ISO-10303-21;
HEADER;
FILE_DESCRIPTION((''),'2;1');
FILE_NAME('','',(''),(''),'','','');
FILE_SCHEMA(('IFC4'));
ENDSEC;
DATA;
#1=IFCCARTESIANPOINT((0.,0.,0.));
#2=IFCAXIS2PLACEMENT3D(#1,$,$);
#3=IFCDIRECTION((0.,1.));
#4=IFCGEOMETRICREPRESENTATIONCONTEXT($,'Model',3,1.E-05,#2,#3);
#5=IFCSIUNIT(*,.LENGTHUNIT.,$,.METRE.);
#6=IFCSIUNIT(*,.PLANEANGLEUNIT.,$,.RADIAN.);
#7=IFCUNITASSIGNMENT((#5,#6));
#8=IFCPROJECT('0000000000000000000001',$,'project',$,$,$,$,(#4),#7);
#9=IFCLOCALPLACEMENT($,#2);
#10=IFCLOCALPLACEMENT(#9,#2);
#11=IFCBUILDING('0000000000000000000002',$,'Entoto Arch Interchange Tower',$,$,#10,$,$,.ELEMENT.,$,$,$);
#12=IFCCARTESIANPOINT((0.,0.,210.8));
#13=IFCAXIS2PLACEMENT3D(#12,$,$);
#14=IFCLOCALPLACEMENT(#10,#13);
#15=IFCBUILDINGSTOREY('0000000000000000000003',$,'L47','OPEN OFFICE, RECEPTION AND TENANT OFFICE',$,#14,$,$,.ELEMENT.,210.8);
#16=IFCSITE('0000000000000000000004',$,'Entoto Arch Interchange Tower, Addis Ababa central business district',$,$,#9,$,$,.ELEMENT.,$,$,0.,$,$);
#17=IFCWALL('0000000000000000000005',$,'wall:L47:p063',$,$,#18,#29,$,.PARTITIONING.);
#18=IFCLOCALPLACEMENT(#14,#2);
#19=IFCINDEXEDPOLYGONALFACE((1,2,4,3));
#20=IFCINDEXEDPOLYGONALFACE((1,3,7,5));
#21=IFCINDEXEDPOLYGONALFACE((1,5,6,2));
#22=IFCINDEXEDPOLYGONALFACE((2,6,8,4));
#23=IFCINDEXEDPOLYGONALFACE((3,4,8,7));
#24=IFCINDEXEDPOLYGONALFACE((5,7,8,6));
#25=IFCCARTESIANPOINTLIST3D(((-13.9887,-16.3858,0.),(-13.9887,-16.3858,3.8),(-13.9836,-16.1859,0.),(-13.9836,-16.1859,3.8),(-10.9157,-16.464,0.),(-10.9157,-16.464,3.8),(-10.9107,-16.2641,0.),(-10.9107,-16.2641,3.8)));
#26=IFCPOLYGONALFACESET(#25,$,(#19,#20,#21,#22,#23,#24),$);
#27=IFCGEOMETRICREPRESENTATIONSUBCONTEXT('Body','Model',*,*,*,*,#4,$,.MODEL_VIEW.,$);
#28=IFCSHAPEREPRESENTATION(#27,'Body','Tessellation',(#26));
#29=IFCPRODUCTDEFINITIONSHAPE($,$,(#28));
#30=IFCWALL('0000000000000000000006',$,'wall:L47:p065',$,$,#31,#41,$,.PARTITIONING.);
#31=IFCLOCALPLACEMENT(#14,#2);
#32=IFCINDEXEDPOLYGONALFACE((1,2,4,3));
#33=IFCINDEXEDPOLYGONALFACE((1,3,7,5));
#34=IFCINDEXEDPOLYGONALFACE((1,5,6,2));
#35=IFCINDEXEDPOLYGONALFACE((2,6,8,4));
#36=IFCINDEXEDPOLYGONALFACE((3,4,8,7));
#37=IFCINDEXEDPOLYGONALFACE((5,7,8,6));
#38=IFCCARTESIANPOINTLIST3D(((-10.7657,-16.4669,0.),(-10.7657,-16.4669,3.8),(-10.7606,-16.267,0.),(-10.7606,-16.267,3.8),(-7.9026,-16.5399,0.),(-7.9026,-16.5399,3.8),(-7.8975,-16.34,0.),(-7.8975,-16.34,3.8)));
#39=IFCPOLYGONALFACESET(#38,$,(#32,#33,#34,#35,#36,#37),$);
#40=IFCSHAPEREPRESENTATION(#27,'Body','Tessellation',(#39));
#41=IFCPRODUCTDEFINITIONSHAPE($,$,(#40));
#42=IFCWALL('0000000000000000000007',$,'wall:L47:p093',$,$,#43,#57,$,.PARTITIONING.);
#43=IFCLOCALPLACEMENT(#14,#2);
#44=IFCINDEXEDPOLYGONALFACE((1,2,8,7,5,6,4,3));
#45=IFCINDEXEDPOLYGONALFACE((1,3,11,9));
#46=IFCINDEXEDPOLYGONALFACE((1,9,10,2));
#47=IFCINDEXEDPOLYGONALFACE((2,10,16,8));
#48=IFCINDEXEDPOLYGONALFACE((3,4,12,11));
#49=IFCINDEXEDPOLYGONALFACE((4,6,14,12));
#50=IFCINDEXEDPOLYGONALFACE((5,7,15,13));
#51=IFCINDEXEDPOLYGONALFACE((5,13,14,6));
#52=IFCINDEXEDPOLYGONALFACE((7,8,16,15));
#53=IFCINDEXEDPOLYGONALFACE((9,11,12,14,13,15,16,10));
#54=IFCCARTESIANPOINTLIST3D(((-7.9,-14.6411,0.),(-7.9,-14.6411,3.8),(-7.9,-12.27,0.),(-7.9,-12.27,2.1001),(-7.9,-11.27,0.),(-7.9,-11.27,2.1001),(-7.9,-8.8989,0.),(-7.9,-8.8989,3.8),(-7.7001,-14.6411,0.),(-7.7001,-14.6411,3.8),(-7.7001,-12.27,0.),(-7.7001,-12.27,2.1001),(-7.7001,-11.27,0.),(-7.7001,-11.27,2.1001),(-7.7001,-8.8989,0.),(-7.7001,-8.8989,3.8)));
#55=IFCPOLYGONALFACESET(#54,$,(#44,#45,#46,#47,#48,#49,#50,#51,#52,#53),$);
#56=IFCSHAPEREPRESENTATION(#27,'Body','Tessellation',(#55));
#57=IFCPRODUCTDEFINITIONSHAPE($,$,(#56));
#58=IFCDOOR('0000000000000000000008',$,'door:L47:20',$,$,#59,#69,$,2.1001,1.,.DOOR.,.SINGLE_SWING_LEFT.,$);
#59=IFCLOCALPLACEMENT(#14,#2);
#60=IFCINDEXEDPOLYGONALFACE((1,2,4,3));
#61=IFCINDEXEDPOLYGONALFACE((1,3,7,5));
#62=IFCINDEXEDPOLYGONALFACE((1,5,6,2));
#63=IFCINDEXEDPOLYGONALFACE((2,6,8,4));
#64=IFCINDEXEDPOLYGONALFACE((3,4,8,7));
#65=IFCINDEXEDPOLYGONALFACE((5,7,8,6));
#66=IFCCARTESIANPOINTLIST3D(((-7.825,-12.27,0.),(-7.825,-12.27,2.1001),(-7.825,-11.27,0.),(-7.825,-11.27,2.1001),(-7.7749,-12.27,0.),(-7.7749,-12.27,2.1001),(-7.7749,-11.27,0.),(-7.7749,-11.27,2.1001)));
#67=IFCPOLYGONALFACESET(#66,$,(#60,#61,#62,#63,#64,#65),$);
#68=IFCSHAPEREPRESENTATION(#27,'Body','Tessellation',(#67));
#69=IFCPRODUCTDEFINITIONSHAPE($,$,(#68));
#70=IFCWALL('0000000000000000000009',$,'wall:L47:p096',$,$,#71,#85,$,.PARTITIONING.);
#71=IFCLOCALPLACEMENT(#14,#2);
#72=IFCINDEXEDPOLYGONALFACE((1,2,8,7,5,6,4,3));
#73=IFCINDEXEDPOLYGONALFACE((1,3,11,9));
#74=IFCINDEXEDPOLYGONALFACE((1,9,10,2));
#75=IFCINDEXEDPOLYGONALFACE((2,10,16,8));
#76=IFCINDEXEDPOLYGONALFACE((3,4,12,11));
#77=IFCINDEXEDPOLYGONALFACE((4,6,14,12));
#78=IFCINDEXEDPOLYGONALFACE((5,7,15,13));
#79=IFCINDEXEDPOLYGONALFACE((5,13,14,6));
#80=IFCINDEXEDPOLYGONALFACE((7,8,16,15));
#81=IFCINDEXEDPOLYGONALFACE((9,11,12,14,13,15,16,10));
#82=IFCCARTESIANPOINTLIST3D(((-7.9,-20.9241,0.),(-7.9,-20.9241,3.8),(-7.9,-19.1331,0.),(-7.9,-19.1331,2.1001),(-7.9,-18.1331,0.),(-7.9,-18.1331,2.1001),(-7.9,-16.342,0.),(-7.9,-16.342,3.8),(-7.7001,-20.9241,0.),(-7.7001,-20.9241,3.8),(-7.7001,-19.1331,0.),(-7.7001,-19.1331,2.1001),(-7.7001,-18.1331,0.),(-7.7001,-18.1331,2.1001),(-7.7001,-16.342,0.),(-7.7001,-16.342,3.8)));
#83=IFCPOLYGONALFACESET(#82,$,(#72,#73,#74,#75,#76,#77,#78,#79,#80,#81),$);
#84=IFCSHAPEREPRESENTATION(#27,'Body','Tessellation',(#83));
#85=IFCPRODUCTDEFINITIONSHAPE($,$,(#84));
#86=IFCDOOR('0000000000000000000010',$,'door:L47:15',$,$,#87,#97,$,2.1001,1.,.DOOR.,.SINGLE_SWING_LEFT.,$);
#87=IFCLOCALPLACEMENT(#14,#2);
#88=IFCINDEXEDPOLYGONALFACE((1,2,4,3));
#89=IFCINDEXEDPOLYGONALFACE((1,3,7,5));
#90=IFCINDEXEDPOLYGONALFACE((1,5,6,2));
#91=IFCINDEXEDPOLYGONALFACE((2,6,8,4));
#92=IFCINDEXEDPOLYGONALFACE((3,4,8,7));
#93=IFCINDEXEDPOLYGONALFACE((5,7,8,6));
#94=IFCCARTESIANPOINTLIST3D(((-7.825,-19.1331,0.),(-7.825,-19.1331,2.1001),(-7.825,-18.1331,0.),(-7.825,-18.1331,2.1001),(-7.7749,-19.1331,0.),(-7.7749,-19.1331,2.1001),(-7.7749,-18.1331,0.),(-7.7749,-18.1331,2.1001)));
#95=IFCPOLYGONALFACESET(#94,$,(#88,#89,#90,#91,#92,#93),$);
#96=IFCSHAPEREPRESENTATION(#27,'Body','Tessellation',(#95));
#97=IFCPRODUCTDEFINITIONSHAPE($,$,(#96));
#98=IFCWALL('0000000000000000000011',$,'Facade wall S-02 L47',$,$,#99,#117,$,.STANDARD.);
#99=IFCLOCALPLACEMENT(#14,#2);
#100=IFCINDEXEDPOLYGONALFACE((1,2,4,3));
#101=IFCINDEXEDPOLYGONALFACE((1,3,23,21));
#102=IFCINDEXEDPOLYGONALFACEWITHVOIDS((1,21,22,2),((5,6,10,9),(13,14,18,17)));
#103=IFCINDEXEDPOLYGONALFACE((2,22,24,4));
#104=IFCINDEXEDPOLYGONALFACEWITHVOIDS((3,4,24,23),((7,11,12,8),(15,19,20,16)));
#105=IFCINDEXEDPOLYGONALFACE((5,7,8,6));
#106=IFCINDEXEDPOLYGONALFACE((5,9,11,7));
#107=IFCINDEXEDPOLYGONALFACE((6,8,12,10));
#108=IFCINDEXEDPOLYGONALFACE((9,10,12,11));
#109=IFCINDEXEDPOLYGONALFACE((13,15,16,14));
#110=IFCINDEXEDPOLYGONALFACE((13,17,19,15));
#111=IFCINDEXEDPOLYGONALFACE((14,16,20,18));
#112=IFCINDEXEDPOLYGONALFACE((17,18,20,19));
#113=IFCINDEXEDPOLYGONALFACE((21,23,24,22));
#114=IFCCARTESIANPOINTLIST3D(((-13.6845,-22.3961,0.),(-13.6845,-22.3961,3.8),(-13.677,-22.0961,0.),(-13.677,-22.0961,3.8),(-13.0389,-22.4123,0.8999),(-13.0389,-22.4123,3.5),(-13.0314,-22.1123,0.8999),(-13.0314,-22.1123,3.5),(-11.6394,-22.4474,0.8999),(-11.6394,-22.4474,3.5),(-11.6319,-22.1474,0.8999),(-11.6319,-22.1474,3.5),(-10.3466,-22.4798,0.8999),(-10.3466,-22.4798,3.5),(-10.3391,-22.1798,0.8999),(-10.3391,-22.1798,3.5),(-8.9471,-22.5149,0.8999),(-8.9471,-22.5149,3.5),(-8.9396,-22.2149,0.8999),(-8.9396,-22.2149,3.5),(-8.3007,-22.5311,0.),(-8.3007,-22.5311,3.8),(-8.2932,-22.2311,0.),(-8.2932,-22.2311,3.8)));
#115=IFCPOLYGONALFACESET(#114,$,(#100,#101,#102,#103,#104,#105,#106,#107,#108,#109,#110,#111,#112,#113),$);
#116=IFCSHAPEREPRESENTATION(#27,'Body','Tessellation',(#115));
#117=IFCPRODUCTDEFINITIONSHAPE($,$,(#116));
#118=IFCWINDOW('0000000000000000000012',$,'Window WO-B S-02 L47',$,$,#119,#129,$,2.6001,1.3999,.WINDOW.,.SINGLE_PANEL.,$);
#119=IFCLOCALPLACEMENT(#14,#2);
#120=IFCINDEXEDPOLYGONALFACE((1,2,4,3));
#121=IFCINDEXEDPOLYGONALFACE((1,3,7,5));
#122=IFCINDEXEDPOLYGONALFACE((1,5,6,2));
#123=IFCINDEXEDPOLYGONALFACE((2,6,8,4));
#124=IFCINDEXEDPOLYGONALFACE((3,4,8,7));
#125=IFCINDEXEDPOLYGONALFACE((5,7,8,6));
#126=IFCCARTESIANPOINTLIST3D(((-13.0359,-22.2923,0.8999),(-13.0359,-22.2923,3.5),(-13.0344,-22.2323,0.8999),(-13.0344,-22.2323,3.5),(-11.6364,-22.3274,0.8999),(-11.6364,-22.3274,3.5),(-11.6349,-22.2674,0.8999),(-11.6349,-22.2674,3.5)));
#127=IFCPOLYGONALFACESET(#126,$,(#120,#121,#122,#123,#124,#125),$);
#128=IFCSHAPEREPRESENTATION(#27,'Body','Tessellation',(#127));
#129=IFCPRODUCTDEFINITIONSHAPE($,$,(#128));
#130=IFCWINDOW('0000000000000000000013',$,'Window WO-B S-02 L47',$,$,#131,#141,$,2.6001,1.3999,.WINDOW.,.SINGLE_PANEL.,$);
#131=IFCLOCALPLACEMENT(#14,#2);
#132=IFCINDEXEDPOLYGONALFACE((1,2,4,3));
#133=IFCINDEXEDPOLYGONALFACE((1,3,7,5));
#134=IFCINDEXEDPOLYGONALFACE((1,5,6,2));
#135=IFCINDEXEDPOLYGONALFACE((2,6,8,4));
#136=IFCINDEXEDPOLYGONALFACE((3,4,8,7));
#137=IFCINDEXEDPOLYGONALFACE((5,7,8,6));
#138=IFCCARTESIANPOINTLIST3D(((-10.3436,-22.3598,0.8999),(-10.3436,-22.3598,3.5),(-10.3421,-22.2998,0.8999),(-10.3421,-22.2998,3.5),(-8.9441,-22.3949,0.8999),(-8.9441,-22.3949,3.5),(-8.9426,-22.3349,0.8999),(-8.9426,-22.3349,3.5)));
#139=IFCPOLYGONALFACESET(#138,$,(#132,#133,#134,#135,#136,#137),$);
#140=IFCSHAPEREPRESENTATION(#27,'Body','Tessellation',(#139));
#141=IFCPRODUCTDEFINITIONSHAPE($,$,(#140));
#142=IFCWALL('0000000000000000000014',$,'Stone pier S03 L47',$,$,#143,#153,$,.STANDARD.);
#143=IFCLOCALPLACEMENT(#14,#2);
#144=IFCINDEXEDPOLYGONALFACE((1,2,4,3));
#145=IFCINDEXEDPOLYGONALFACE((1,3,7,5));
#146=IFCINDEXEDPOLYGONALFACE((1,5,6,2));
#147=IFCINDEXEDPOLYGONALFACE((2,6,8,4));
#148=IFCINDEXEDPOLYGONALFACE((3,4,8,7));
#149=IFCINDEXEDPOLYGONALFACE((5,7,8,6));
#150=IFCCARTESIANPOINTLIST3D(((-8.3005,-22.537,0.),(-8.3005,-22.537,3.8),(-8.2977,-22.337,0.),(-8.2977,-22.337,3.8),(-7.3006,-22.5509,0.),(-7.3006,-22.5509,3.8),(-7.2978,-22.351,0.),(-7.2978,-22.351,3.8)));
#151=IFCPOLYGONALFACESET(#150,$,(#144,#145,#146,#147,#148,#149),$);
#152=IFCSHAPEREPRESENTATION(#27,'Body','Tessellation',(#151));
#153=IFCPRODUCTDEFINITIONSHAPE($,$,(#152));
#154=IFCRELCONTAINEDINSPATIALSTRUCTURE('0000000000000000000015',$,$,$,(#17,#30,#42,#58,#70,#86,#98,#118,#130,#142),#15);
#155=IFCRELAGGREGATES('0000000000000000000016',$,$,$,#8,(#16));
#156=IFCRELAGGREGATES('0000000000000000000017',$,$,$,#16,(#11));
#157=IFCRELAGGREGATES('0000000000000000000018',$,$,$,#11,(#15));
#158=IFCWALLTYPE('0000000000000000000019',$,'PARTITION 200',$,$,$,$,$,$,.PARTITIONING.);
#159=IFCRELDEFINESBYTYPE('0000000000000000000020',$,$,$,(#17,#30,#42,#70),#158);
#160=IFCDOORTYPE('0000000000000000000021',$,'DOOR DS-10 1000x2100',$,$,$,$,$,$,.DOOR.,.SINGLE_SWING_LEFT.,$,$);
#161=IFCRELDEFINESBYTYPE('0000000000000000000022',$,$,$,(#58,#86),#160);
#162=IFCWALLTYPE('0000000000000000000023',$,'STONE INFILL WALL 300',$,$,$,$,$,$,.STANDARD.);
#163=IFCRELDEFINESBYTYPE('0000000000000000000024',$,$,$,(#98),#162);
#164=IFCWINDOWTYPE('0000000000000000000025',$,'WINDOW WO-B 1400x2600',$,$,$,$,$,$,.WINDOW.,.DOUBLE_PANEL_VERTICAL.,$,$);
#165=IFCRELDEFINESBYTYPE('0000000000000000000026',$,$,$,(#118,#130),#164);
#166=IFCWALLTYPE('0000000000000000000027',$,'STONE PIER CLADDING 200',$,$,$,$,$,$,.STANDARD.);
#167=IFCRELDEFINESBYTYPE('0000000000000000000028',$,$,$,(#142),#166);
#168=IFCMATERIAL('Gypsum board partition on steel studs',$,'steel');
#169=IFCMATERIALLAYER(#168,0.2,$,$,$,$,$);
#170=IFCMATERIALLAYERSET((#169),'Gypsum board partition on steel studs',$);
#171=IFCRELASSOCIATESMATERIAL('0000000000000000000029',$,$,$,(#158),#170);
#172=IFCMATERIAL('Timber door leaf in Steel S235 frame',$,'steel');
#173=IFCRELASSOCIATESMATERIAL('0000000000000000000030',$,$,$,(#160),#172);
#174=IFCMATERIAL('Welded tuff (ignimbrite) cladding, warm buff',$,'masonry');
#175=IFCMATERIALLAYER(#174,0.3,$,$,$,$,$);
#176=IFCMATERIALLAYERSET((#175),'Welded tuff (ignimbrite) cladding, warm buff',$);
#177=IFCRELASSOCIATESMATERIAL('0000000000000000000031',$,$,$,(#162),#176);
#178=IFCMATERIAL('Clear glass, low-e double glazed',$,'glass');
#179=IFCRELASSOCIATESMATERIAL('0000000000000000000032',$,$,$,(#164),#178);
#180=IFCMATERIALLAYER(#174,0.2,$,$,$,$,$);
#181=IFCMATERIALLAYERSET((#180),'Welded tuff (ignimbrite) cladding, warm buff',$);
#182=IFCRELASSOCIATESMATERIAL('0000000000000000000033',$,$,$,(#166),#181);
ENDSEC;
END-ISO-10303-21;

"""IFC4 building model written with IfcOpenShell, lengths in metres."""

from ifc_helpers import new_model, si_unit, direction, frame, frame_2d, origin, place, context, subcontext, project, spatial, rectangle, extrude, material, layer, layer_set, type_object, element, fill, save


model = new_model("IFC4")

# Units and contexts
model_context = context("Model", 3, precision=1e-05, world=origin(), true_north=direction((0.0, 1.0)))
body_context = subcontext(model_context, "Body", "Model", "MODEL_VIEW")
ifc_project = project(units=[si_unit("LENGTHUNIT", "METRE"), si_unit("PLANEANGLEUNIT", "RADIAN")], contexts=[model_context])

# Site, building, storey
site_placement = place(None, origin())
site = spatial("IfcSite", under=ifc_project, at=site_placement, Name="Entoto Arch Interchange Tower, Addis Ababa central business district", CompositionType="ELEMENT", RefElevation=0.0)
building_placement = place(site_placement, origin())
building = spatial("IfcBuilding", under=site, at=building_placement, Name="Entoto Arch Interchange Tower", CompositionType="ELEMENT")
storey_placement = place(building_placement, frame((0.0, 0.0, 210.8)))
storey = spatial("IfcBuildingStorey", under=building, at=storey_placement, Name="L47", Description="OPEN OFFICE, RECEPTION AND TENANT OFFICE", CompositionType="ELEMENT", Elevation=210.8)

# Shared definitions
ifc_material_1 = material(Name="Clear glass, low-e double glazed", Category="glass")

# Walls
ifc_material_2 = material(Name="Gypsum board partition on steel studs", Category="steel")
ifc_layer_1 = layer(ifc_material_2, 0.2)
ifc_layer_set_1 = layer_set([ifc_layer_1], Name="Gypsum board partition on steel studs")
wall_type_1 = type_object("IfcWallType", Name="PARTITION 200", PredefinedType="PARTITIONING", material=ifc_layer_set_1)
wall_1_placement = place(storey_placement, frame((-10.9131, -16.364, 0.0), z_axis=(0.0, 0.0, 1.0), x_axis=(-0.999677, 0.025415, 0.0)))
element("IfcWall", 1, at=wall_1_placement, inside=storey, type_object=wall_type_1, Name="wall:L47:p063", PredefinedType="PARTITIONING", context=body_context, shape_type="SweptSolid", body=[
    extrude(rectangle(XDim=3.074, YDim=0.2, at=frame_2d((1.5371, 0.0))), origin(), (0.0, 0.0, 1.0), 3.8),
])
wall_2_placement = place(storey_placement, frame((-7.8999, -16.4399, 0.0), z_axis=(0.0, 0.0, 1.0), x_axis=(-0.999675, 0.025488, 0.0)))
element("IfcWall", 2, at=wall_2_placement, inside=storey, type_object=wall_type_1, Name="wall:L47:p065", PredefinedType="PARTITIONING", context=body_context, shape_type="SweptSolid", body=[
    extrude(rectangle(XDim=2.864, YDim=0.2, at=frame_2d((1.4321, 0.0))), origin(), (0.0, 0.0, 1.0), 3.8),
])

# Walls, openings, doors
wall_3_placement = place(storey_placement, frame((-7.8, -14.6411, 0.0), z_axis=(0.0, 0.0, 1.0), x_axis=(0.0, 1.0, 0.0)))
wall_3 = element("IfcWall", 3, at=wall_3_placement, inside=storey, type_object=wall_type_1, Name="wall:L47:p093", PredefinedType="PARTITIONING", context=body_context, shape_type="SweptSolid", body=[
    extrude(rectangle(XDim=5.7422, YDim=0.2, at=frame_2d((2.8711, 0.0))), origin(), (0.0, 0.0, 1.0), 3.8),
])
opening_1_placement = place(wall_3_placement, frame((2.3711, 0.0, 0.0)))
opening_1 = element("IfcOpeningElement", 4, at=opening_1_placement, cuts=wall_3, PredefinedType="OPENING", context=body_context, shape_type="SweptSolid", body=[
    extrude(rectangle(XDim=1.0, YDim=2.1001, at=frame_2d((0.5, 1.05))), frame((0.0, 0.1099, 0.0), z_axis=(0.0, -1.0, 0.0), x_axis=(1.0, 0.0, 0.0)), (0.0, 0.0, 1.0), 0.22),
])
ifc_material_3 = material(Name="Timber door leaf in Steel S235 frame", Category="steel")
door_type = type_object("IfcDoorType", Name="DOOR DS-10 1000x2100", OperationType="SINGLE_SWING_LEFT", PredefinedType="DOOR", material=ifc_material_3)
door_1_placement = place(opening_1_placement, origin())
door_1 = element("IfcDoor", 5, at=door_1_placement, inside=storey, type_object=door_type, Name="door:L47:20", OperationType="SINGLE_SWING_LEFT", OverallHeight=2.1001, OverallWidth=1.0, PredefinedType="DOOR", context=body_context, shape_type="SweptSolid", body=[
    extrude(rectangle(XDim=1.0, YDim=2.1001, at=frame_2d((0.5, 1.05))), frame((0.0, 0.0249, 0.0), z_axis=(0.0, -1.0, 0.0), x_axis=(1.0, 0.0, 0.0)), (0.0, 0.0, 1.0), 0.05),
])
fill(opening_1, door_1)
wall_4_placement = place(storey_placement, frame((-7.8, -20.9241, 0.0), z_axis=(0.0, 0.0, 1.0), x_axis=(0.0, 1.0, 0.0)))
wall_4 = element("IfcWall", 6, at=wall_4_placement, inside=storey, type_object=wall_type_1, Name="wall:L47:p096", PredefinedType="PARTITIONING", context=body_context, shape_type="SweptSolid", body=[
    extrude(rectangle(XDim=4.582, YDim=0.2, at=frame_2d((2.291, 0.0))), origin(), (0.0, 0.0, 1.0), 3.8),
])
opening_2_placement = place(wall_4_placement, frame((1.791, 0.0, 0.0)))
opening_2 = element("IfcOpeningElement", 7, at=opening_2_placement, cuts=wall_4, PredefinedType="OPENING", context=body_context, shape_type="SweptSolid", body=[
    extrude(rectangle(XDim=1.0, YDim=2.1001, at=frame_2d((0.5, 1.05))), frame((0.0, 0.1099, 0.0), z_axis=(0.0, -1.0, 0.0), x_axis=(1.0, 0.0, 0.0)), (0.0, 0.0, 1.0), 0.22),
])
door_2_placement = place(opening_2_placement, origin())
door_2 = element("IfcDoor", 8, at=door_2_placement, inside=storey, type_object=door_type, Name="door:L47:15", OperationType="SINGLE_SWING_LEFT", OverallHeight=2.1001, OverallWidth=1.0, PredefinedType="DOOR", context=body_context, shape_type="SweptSolid", body=[
    extrude(rectangle(XDim=1.0, YDim=2.1001, at=frame_2d((0.5, 1.05))), frame((0.0, 0.0249, 0.0), z_axis=(0.0, -1.0, 0.0), x_axis=(1.0, 0.0, 0.0)), (0.0, 0.0, 1.0), 0.05),
])
fill(opening_2, door_2)

# Wall, openings, windows
ifc_material_4 = material(Name="Welded tuff (ignimbrite) cladding, warm buff", Category="masonry")
ifc_layer_2 = layer(ifc_material_4, 0.3)
ifc_layer_set_2 = layer_set([ifc_layer_2], Name="Welded tuff (ignimbrite) cladding, warm buff")
wall_type_2 = type_object("IfcWallType", Name="STONE INFILL WALL 300", PredefinedType="STANDARD", material=ifc_layer_set_2)
wall_5_placement = place(storey_placement, frame((-13.6809, -22.2461, 0.0), z_axis=(0.0, 0.0, 1.0), x_axis=(0.999686, -0.025069, 0.0)))
wall_5 = element("IfcWall", 9, at=wall_5_placement, inside=storey, type_object=wall_type_2, Name="Facade wall S-02 L47", PredefinedType="STANDARD", context=body_context, shape_type="SweptSolid", body=[
    extrude(rectangle(XDim=5.3855, YDim=0.3, at=frame_2d((2.6929, 0.0))), origin(), (0.0, 0.0, 1.0), 3.8),
])
opening_3_placement = place(wall_5_placement, frame((0.646, 0.0, 0.8999)))
opening_3 = element("IfcOpeningElement", 10, at=opening_3_placement, cuts=wall_5, PredefinedType="OPENING", context=body_context, shape_type="SweptSolid", body=[
    extrude(rectangle(XDim=1.3999, YDim=2.6001, at=frame_2d((0.7, 1.3))), frame((0.0, 0.1602, 0.0), z_axis=(0.0, -1.0, 0.0), x_axis=(1.0, 0.0, 0.0)), (0.0, 0.0, 1.0), 0.3201),
])
opening_4_placement = place(wall_5_placement, frame((3.3391, 0.0, 0.8999)))
opening_4 = element("IfcOpeningElement", 11, at=opening_4_placement, cuts=wall_5, PredefinedType="OPENING", context=body_context, shape_type="SweptSolid", body=[
    extrude(rectangle(XDim=1.3999, YDim=2.6001, at=frame_2d((0.7, 1.3))), frame((0.0, 0.1602, 0.0), z_axis=(0.0, -1.0, 0.0), x_axis=(1.0, 0.0, 0.0)), (0.0, 0.0, 1.0), 0.3201),
])
window_type = type_object("IfcWindowType", Name="WINDOW WO-B 1400x2600", PartitioningType="DOUBLE_PANEL_VERTICAL", PredefinedType="WINDOW", material=ifc_material_1)
window_1_placement = place(opening_3_placement, origin())
window_1 = element("IfcWindow", 12, at=window_1_placement, inside=storey, type_object=window_type, Name="Window WO-B S-02 L47", OverallHeight=2.6001, OverallWidth=1.3999, PartitioningType="SINGLE_PANEL", PredefinedType="WINDOW", context=body_context, shape_type="SweptSolid", body=[
    extrude(rectangle(XDim=1.3999, YDim=2.6001, at=frame_2d((0.7, 1.3))), frame((0.0, 0.03, 0.0), z_axis=(0.0, -1.0, 0.0), x_axis=(1.0, 0.0, 0.0)), (0.0, 0.0, 1.0), 0.0601),
])
fill(opening_3, window_1)
window_2_placement = place(opening_4_placement, origin())
window_2 = element("IfcWindow", 13, at=window_2_placement, inside=storey, type_object=window_type, Name="Window WO-B S-02 L47", OverallHeight=2.6001, OverallWidth=1.3999, PartitioningType="SINGLE_PANEL", PredefinedType="WINDOW", context=body_context, shape_type="SweptSolid", body=[
    extrude(rectangle(XDim=1.3999, YDim=2.6001, at=frame_2d((0.7, 1.3))), frame((0.0, 0.03, 0.0), z_axis=(0.0, -1.0, 0.0), x_axis=(1.0, 0.0, 0.0)), (0.0, 0.0, 1.0), 0.0601),
])
fill(opening_4, window_2)

# Wall
ifc_layer_3 = layer(ifc_material_4, 0.2)
ifc_layer_set_3 = layer_set([ifc_layer_3], Name="Welded tuff (ignimbrite) cladding, warm buff")
wall_type_3 = type_object("IfcWallType", Name="STONE PIER CLADDING 200", PredefinedType="STANDARD", material=ifc_layer_set_3)
wall_6_placement = place(storey_placement, frame((-8.2991, -22.437, 0.0), z_axis=(0.0, 0.0, 1.0), x_axis=(0.999903, -0.013915, 0.0)))
element("IfcWall", 14, at=wall_6_placement, inside=storey, type_object=wall_type_3, Name="Stone pier S03 L47", PredefinedType="STANDARD", context=body_context, shape_type="SweptSolid", body=[
    extrude(rectangle(XDim=1.0, YDim=0.2, at=frame_2d((0.5, 0.0))), origin(), (0.0, 0.0, 1.0), 3.8),
])

save(model, "model.ifc")
